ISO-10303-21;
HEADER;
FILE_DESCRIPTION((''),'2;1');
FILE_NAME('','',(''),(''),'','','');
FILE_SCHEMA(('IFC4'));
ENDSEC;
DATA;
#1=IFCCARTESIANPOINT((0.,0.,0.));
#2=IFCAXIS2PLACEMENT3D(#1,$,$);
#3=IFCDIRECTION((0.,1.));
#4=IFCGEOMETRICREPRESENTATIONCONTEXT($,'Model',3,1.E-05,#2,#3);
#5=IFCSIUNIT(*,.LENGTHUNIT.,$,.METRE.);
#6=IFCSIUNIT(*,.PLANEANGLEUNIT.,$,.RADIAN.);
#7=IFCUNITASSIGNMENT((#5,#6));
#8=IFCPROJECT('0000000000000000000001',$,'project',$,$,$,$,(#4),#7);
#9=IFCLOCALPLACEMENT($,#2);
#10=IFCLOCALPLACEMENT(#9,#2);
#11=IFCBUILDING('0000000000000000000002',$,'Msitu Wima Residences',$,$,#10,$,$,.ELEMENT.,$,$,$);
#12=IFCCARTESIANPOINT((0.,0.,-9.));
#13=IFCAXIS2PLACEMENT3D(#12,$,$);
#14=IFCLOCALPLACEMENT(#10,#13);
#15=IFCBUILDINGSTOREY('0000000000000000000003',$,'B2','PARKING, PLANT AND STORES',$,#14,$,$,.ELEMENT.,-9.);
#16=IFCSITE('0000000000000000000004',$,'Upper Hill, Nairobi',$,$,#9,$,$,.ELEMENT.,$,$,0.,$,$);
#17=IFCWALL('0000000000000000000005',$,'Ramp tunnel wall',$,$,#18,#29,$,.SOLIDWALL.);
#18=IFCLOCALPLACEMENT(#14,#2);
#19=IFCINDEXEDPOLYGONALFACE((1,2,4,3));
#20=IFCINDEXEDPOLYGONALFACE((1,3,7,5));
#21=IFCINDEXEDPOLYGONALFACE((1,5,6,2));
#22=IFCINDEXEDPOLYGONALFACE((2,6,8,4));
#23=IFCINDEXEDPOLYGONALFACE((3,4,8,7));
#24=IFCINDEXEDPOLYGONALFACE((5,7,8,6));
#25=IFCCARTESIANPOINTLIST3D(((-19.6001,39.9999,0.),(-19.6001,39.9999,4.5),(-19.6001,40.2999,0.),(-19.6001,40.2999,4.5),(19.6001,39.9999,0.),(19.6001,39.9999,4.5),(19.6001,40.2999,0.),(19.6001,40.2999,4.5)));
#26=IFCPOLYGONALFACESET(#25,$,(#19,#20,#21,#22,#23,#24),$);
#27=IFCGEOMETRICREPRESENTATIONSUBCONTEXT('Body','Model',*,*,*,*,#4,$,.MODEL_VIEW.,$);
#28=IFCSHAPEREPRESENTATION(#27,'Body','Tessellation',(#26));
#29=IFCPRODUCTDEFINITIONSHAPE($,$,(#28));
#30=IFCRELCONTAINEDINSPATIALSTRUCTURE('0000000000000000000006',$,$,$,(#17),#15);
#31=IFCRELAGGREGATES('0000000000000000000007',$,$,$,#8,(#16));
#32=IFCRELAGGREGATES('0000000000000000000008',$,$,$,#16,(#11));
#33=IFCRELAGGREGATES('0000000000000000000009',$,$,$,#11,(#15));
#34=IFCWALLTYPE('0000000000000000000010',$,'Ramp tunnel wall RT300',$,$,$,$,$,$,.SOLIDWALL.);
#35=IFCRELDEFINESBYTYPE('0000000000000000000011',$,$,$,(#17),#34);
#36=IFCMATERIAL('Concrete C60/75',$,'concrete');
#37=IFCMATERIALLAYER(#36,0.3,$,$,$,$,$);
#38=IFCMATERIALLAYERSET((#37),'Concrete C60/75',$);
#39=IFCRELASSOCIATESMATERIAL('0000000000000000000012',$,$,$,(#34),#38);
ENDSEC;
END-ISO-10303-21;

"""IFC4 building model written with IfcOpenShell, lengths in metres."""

from ifc_helpers import new_model, si_unit, direction, frame, frame_2d, origin, place, context, subcontext, project, spatial, rectangle, extrude, material, layer, layer_set, type_object, element, save


model = new_model("IFC4")

# Units and contexts
model_context = context("Model", 3, precision=1e-05, world=origin(), true_north=direction((0.0, 1.0)))
body_context = subcontext(model_context, "Body", "Model", "MODEL_VIEW")
ifc_project = project(units=[si_unit("LENGTHUNIT", "METRE"), si_unit("PLANEANGLEUNIT", "RADIAN")], contexts=[model_context])

# Site, building, storey
site_placement = place(None, origin())
site = spatial("IfcSite", under=ifc_project, at=site_placement, Name="Upper Hill, Nairobi", CompositionType="ELEMENT", RefElevation=0.0)
building_placement = place(site_placement, origin())
building = spatial("IfcBuilding", under=site, at=building_placement, Name="Msitu Wima Residences", CompositionType="ELEMENT")
storey_placement = place(building_placement, frame((0.0, 0.0, -9.0)))
storey = spatial("IfcBuildingStorey", under=building, at=storey_placement, Name="B2", Description="PARKING, PLANT AND STORES", CompositionType="ELEMENT", Elevation=-9.0)

# Shared definitions
ifc_material_1 = material(Name="Concrete C60/75", Category="concrete")

# Wall
ifc_layer_1 = layer(ifc_material_1, 0.3)
ifc_layer_set_1 = layer_set([ifc_layer_1], Name="Concrete C60/75")
wall_type_1 = type_object("IfcWallType", Name="Ramp tunnel wall RT300", PredefinedType="SOLIDWALL", material=ifc_layer_set_1)
for number, where, z_axis, x_axis, name in (
    (1, (-19.6001, 40.1499, 0.0), (0.0, 0.0, 1.0), (1.0, 0.0, 0.0), "Ramp tunnel wall"),
):
    element("IfcWall", number, at=place(storey_placement, frame(where, z_axis=z_axis, x_axis=x_axis)), inside=storey, type_object=wall_type_1, Name=name, PredefinedType="SOLIDWALL", context=body_context, shape_type="SweptSolid", body=[
        extrude(rectangle(XDim=39.2002, YDim=0.3, at=frame_2d((19.6001, 0.0))), origin(), (0.0, 0.0, 1.0), 4.5),
    ])

save(model, "model.ifc")
